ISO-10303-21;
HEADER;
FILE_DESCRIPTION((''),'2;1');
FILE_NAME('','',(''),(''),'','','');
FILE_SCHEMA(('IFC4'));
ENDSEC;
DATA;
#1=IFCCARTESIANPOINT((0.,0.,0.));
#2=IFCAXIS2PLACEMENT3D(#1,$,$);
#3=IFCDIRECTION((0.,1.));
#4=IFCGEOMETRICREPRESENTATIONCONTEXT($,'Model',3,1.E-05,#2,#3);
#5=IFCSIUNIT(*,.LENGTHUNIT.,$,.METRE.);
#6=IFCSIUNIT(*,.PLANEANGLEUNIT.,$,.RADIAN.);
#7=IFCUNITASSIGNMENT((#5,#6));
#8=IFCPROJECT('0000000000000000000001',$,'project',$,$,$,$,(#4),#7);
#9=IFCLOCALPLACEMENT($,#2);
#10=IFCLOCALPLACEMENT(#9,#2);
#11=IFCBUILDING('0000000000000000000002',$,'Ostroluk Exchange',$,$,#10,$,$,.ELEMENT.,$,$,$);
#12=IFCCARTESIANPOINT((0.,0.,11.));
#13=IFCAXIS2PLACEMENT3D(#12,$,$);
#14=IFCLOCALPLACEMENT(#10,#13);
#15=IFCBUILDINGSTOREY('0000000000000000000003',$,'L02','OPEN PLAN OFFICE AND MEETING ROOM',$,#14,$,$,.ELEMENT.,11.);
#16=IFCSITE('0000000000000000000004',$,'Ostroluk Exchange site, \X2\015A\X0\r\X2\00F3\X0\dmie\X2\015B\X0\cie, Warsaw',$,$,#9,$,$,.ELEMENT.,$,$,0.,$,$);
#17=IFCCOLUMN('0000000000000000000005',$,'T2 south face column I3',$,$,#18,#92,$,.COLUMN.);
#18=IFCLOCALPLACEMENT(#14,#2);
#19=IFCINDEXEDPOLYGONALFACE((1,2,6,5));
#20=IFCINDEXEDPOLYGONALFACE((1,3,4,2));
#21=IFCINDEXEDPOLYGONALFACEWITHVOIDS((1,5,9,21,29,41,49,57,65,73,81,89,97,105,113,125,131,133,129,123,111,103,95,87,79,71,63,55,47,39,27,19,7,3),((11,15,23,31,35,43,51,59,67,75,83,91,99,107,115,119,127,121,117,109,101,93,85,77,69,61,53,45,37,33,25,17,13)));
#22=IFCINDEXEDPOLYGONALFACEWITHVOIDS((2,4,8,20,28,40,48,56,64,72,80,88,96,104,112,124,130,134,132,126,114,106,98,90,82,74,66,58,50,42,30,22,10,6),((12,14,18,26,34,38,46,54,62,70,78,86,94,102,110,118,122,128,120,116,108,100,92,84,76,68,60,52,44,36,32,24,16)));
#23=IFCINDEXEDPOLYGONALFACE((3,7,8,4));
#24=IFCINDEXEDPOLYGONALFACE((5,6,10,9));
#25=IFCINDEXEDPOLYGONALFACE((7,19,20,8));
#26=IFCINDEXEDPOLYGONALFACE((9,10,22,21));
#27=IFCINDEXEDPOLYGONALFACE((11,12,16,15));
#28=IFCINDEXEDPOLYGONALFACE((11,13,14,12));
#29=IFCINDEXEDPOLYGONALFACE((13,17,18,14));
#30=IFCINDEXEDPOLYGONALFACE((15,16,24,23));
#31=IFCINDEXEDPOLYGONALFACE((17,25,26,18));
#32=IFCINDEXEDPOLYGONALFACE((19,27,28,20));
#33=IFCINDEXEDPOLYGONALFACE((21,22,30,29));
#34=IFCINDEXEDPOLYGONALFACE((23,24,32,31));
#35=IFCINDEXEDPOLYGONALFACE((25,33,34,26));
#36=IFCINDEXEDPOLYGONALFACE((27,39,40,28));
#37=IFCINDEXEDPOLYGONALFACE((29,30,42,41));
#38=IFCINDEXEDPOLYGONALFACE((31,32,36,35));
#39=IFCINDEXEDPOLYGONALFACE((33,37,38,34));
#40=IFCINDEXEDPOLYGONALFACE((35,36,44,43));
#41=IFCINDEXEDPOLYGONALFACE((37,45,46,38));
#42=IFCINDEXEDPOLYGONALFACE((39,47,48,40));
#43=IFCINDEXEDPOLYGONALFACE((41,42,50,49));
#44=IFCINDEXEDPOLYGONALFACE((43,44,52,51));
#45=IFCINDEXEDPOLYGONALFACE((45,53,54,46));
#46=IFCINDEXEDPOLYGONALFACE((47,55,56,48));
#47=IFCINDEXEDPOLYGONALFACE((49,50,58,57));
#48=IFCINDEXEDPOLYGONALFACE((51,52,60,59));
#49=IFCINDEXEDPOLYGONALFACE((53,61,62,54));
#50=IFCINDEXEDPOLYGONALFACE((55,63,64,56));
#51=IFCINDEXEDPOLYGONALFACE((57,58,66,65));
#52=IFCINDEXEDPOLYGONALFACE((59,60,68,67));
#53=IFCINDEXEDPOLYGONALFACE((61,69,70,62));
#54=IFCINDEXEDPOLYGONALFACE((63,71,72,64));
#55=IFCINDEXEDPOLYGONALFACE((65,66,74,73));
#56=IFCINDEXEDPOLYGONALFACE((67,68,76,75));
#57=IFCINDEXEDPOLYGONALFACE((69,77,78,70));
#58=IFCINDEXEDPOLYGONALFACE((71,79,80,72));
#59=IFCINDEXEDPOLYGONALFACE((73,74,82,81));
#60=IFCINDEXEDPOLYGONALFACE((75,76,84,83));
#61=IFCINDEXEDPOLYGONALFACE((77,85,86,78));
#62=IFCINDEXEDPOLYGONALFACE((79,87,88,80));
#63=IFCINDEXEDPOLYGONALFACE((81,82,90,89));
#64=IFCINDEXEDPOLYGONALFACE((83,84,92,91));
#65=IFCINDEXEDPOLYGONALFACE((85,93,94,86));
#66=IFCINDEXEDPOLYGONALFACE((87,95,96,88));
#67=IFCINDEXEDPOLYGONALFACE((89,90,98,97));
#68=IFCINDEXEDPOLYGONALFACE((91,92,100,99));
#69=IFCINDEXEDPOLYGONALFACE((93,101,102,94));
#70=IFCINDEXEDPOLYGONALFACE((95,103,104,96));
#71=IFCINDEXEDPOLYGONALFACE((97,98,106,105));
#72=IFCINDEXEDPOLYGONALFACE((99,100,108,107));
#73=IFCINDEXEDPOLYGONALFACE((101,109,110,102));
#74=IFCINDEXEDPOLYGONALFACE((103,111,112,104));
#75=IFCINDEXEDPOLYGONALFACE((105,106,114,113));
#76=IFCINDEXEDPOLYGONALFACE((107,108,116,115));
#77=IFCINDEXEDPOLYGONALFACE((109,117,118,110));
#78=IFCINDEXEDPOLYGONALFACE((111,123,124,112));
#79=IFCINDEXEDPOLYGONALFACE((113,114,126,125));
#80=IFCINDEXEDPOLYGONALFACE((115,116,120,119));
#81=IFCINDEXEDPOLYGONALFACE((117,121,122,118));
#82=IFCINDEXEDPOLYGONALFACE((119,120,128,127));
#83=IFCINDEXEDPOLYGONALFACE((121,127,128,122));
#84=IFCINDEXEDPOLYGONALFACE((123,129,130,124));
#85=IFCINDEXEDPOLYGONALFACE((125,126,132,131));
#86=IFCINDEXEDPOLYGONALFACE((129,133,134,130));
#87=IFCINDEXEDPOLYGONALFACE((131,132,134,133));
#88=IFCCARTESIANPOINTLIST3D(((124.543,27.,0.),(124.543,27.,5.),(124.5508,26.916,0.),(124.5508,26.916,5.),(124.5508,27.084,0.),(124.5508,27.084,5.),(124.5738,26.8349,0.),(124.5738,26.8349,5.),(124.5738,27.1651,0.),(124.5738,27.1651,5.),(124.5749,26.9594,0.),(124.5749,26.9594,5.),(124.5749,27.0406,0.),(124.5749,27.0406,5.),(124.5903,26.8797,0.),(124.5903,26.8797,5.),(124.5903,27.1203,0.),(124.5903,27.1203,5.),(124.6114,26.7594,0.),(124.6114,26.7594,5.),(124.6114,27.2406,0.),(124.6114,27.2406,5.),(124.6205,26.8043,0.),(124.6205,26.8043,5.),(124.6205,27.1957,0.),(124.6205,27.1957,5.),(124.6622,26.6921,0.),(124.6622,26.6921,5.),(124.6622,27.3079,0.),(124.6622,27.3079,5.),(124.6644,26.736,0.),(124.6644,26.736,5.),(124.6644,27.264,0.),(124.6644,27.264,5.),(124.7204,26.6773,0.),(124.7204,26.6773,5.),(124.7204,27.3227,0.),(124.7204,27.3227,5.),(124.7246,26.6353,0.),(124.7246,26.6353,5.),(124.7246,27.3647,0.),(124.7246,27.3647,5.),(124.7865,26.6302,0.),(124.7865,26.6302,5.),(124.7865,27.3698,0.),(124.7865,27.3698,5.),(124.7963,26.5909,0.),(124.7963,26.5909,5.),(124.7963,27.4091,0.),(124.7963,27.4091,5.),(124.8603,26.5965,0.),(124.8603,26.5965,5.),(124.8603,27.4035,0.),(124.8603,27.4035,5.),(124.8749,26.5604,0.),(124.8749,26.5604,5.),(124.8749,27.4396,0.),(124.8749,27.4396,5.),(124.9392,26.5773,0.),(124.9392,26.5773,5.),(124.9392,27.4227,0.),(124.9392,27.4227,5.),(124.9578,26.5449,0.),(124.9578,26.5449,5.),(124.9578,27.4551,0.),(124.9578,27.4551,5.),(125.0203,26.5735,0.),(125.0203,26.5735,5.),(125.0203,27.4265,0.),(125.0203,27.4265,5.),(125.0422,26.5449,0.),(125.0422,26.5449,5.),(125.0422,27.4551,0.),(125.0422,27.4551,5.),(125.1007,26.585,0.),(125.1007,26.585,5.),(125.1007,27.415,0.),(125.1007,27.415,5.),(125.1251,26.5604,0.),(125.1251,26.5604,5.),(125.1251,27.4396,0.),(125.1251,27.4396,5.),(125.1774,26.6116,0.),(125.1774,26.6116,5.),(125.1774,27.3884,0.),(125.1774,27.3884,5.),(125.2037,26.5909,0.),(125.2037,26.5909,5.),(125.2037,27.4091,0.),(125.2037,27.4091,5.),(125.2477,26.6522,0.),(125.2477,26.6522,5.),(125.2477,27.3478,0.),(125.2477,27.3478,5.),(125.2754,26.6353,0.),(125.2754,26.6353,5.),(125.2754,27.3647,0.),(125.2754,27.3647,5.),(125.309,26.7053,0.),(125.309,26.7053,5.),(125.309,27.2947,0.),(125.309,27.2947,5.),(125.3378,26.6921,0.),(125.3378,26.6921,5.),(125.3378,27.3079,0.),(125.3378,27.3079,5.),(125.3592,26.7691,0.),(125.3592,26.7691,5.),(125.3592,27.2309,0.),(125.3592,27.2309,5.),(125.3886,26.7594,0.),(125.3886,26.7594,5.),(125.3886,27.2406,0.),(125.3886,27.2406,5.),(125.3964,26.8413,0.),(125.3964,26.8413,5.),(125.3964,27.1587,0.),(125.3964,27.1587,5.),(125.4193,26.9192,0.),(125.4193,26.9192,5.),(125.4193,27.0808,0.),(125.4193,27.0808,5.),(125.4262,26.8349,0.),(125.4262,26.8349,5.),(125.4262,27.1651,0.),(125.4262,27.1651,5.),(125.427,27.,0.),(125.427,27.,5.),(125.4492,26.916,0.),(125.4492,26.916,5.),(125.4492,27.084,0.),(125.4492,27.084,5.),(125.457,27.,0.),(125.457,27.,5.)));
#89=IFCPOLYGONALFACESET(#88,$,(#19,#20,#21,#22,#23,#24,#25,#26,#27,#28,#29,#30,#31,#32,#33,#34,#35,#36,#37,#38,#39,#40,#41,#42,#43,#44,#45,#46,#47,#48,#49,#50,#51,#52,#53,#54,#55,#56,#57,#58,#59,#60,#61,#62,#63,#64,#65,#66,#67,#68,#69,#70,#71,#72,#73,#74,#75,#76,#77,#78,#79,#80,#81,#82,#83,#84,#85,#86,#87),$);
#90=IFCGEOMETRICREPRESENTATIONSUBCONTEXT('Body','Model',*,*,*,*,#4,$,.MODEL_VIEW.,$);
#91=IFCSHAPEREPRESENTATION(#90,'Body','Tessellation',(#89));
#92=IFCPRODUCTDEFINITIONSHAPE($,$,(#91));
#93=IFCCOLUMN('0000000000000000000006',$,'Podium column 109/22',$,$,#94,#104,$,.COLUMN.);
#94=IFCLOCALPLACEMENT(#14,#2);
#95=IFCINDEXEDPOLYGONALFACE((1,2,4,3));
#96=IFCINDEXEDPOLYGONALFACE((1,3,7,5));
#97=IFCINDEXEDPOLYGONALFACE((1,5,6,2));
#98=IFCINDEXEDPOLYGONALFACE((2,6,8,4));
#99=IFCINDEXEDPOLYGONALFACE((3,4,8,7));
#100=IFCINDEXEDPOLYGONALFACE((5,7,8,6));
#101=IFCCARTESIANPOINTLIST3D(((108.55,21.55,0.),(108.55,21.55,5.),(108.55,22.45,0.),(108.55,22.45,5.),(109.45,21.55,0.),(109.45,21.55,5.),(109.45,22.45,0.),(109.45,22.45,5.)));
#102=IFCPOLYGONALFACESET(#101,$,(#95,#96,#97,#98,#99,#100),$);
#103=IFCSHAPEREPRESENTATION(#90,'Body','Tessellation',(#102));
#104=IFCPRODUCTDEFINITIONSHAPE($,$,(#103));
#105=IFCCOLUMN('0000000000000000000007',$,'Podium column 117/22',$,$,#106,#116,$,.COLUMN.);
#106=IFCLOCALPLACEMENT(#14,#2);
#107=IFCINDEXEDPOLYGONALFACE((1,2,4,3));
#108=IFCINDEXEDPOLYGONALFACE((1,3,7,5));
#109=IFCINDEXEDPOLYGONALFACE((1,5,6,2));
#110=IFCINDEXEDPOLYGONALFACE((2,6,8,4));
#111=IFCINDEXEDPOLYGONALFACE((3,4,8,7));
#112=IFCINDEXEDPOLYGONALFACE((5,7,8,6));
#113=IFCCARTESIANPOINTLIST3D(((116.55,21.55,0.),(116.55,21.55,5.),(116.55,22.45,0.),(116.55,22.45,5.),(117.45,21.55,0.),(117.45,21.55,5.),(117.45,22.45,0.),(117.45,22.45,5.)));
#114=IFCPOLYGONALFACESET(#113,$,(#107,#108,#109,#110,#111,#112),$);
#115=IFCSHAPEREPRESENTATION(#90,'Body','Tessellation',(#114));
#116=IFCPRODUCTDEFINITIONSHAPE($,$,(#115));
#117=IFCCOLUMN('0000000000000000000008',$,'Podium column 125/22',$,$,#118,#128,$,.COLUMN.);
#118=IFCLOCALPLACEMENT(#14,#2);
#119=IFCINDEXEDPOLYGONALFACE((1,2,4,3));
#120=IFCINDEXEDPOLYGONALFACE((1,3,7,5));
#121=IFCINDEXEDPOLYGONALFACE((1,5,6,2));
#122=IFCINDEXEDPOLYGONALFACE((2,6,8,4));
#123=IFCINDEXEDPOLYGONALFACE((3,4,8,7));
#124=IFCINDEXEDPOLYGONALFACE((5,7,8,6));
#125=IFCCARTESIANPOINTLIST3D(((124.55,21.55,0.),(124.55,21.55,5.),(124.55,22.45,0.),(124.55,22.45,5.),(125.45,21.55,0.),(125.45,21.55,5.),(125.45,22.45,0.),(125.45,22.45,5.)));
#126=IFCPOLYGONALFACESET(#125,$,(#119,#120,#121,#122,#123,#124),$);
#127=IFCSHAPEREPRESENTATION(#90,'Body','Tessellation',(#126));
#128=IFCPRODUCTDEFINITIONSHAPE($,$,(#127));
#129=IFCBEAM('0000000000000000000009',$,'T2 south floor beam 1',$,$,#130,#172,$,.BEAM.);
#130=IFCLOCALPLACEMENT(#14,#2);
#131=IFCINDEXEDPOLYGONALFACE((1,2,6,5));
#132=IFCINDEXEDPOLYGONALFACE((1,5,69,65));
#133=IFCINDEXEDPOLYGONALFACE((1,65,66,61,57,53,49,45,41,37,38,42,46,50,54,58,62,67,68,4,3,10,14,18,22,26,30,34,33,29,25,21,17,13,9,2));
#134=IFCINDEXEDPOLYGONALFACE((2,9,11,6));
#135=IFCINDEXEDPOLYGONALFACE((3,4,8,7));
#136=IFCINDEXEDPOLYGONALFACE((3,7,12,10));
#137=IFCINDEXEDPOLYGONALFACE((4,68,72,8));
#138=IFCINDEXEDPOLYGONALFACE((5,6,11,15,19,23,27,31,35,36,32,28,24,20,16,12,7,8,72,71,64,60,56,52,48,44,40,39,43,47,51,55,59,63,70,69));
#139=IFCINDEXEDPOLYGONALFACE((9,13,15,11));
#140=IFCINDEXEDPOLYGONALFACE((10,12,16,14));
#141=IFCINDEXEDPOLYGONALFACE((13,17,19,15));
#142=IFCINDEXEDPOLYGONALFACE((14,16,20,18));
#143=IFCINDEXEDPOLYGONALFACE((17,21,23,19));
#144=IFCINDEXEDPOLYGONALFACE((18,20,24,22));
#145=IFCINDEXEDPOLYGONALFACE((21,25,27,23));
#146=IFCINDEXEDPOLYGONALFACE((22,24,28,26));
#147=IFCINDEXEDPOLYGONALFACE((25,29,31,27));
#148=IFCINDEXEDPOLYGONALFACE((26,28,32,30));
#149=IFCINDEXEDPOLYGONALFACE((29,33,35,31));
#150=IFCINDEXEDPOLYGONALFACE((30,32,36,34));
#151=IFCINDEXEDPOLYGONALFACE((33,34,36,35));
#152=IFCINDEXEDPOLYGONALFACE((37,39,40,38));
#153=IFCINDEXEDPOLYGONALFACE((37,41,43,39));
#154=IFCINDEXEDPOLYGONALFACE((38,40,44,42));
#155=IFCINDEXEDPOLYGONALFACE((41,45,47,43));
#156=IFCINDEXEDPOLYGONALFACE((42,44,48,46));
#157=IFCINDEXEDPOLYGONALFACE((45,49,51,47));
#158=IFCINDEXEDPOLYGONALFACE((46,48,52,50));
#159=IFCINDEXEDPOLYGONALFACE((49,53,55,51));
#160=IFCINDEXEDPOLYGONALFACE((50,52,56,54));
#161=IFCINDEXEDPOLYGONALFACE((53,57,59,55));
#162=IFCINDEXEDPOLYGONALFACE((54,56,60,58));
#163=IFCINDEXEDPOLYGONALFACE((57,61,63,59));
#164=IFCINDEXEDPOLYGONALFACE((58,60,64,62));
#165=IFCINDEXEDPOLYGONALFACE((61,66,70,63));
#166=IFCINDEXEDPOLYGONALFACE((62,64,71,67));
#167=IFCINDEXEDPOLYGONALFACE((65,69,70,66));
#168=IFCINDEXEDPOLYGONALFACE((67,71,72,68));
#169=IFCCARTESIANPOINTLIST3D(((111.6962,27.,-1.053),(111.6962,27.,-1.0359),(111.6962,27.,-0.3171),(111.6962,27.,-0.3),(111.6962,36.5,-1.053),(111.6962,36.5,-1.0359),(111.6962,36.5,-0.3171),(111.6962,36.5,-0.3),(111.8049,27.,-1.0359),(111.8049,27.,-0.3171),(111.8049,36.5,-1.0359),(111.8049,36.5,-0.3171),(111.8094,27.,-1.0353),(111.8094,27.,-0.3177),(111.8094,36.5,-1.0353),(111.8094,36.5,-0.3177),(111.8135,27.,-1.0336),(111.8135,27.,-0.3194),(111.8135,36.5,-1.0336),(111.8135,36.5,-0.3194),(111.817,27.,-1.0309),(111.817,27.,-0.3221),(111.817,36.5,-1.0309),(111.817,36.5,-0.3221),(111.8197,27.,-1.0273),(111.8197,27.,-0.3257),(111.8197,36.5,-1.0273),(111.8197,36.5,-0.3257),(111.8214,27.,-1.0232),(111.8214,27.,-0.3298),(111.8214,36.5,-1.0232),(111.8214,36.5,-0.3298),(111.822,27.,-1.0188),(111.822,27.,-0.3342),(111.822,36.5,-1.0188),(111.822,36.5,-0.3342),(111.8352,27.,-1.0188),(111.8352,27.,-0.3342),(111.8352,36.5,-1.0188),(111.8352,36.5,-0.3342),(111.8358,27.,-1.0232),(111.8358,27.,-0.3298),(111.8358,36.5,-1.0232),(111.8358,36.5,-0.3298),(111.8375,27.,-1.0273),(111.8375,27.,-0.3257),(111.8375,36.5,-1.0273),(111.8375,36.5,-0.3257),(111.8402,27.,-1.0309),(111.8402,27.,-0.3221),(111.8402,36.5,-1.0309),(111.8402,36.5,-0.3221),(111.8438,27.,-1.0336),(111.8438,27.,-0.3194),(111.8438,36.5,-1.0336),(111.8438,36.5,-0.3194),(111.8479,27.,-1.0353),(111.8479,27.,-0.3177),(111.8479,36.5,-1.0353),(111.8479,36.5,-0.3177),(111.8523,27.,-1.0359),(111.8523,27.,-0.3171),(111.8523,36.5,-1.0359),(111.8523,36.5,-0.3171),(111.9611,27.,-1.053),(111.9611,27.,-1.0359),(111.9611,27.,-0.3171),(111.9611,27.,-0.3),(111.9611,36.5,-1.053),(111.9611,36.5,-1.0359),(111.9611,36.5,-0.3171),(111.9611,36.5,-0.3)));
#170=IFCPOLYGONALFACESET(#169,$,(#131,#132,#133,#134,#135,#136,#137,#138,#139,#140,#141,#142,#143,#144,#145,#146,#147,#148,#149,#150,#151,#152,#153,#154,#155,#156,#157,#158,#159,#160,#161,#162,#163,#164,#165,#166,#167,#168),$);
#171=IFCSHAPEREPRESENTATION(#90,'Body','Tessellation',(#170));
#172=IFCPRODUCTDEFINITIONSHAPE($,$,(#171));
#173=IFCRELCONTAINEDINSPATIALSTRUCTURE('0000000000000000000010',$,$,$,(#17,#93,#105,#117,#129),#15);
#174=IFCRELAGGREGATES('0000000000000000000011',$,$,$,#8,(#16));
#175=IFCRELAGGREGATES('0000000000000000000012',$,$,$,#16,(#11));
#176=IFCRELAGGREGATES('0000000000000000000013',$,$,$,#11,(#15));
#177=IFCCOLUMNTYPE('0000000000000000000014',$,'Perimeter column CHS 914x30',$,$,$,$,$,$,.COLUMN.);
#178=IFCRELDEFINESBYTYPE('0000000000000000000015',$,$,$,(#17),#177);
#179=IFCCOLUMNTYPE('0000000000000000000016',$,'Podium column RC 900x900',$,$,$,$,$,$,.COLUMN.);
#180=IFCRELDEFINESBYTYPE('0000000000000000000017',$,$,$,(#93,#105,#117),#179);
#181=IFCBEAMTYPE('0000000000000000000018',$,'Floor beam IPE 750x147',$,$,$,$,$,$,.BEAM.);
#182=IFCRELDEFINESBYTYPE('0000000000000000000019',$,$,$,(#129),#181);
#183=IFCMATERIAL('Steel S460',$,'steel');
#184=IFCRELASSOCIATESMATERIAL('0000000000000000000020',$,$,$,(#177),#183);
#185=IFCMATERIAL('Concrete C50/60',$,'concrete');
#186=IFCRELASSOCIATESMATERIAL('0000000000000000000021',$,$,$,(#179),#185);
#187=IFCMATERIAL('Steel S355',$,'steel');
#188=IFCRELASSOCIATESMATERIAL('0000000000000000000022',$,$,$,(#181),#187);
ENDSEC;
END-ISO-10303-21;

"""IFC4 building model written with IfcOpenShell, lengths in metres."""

from ifc_helpers import new_model, si_unit, direction, frame, origin, origin_2d, place, context, subcontext, project, spatial, rectangle, hollow_circle, i_section, extrude, material, material_profile, profile_set, type_object, element, save


model = new_model("IFC4")

# Units and contexts
model_context = context("Model", 3, precision=1e-05, world=origin(), true_north=direction((0.0, 1.0)))
body_context = subcontext(model_context, "Body", "Model", "MODEL_VIEW")
ifc_project = project(units=[si_unit("LENGTHUNIT", "METRE"), si_unit("PLANEANGLEUNIT", "RADIAN")], contexts=[model_context])

# Site, building, storey
site_placement = place(None, origin())
site = spatial("IfcSite", under=ifc_project, at=site_placement, Name="Ostroluk Exchange site, Śródmieście, Warsaw", CompositionType="ELEMENT", RefElevation=0.0)
building_placement = place(site_placement, origin())
building = spatial("IfcBuilding", under=site, at=building_placement, Name="Ostroluk Exchange", CompositionType="ELEMENT")
storey_placement = place(building_placement, frame((0.0, 0.0, 11.0)))
storey = spatial("IfcBuildingStorey", under=building, at=storey_placement, Name="L02", Description="OPEN PLAN OFFICE AND MEETING ROOM", CompositionType="ELEMENT", Elevation=11.0)

# Columns
ifc_material_1 = material(Name="Steel S460", Category="steel")
ifc_material_profile_1 = material_profile(ifc_material_1, hollow_circle(Radius=0.457, WallThickness=0.03, at=origin_2d()), Name="CHS 914x30")
ifc_profile_set_1 = profile_set([ifc_material_profile_1], Name="Steel S460")
column_type_1 = type_object("IfcColumnType", Name="Perimeter column CHS 914x30", PredefinedType="COLUMN", material=ifc_profile_set_1)
for number, where, z_axis, x_axis, name in (
    (1, (125.0, 27.0, 0.0), (0.0, 0.0, 1.0), (1.0, 0.0, 0.0), "T2 south face column I3"),
):
    element("IfcColumn", number, at=place(storey_placement, frame(where, z_axis=z_axis, x_axis=x_axis)), inside=storey, type_object=column_type_1, Name=name, PredefinedType="COLUMN", context=body_context, shape_type="SweptSolid", body=[
        extrude(hollow_circle(Radius=0.457, WallThickness=0.03, at=origin_2d()), origin(), (0.0, 0.0, 1.0), 5.0),
    ])
ifc_material_2 = material(Name="Concrete C50/60", Category="concrete")
ifc_material_profile_2 = material_profile(ifc_material_2, rectangle(XDim=0.8999, YDim=0.8999, at=origin_2d()), Name="RC 900x900")
ifc_profile_set_2 = profile_set([ifc_material_profile_2], Name="Concrete C50/60")
column_type_2 = type_object("IfcColumnType", Name="Podium column RC 900x900", PredefinedType="COLUMN", material=ifc_profile_set_2)
for number, where, z_axis, x_axis, name in (
    (2, (109.0, 22.0, 0.0), (0.0, 0.0, 1.0), (1.0, 0.0, 0.0), "Podium column 109/22"),
    (3, (117.0, 22.0, 0.0), (0.0, 0.0, 1.0), (1.0, 0.0, 0.0), "Podium column 117/22"),
    (4, (125.0, 22.0, 0.0), (0.0, 0.0, 1.0), (1.0, 0.0, 0.0), "Podium column 125/22"),
):
    element("IfcColumn", number, at=place(storey_placement, frame(where, z_axis=z_axis, x_axis=x_axis)), inside=storey, type_object=column_type_2, Name=name, PredefinedType="COLUMN", context=body_context, shape_type="SweptSolid", body=[
        extrude(rectangle(XDim=0.8999, YDim=0.8999, at=origin_2d()), origin(), (0.0, 0.0, 1.0), 5.0),
    ])

# Beam
ifc_material_3 = material(Name="Steel S355", Category="steel")
ifc_material_profile_3 = material_profile(ifc_material_3, i_section(OverallWidth=0.2649, OverallDepth=0.7529, WebThickness=0.0132, FlangeThickness=0.0171, FilletRadius=0.0171, at=origin_2d()), Name="IPE 750x147")
ifc_profile_set_3 = profile_set([ifc_material_profile_3], Name="Steel S355")
beam_type_1 = type_object("IfcBeamType", Name="Floor beam IPE 750x147", PredefinedType="BEAM", material=ifc_profile_set_3)
for number, where, z_axis, x_axis, name in (
    (5, (111.8286, 36.5, -0.6765), (0.0, -1.0, 0.0), (1.0, 0.0, 0.0), "T2 south floor beam 1"),
):
    element("IfcBeam", number, at=place(storey_placement, frame(where, z_axis=z_axis, x_axis=x_axis)), inside=storey, type_object=beam_type_1, Name=name, PredefinedType="BEAM", context=body_context, shape_type="SweptSolid", body=[
        extrude(i_section(OverallWidth=0.2649, OverallDepth=0.7529, WebThickness=0.0132, FlangeThickness=0.0171, FilletRadius=0.0171, at=origin_2d()), origin(), (0.0, 0.0, 1.0), 9.5),
    ])

save(model, "model.ifc")
